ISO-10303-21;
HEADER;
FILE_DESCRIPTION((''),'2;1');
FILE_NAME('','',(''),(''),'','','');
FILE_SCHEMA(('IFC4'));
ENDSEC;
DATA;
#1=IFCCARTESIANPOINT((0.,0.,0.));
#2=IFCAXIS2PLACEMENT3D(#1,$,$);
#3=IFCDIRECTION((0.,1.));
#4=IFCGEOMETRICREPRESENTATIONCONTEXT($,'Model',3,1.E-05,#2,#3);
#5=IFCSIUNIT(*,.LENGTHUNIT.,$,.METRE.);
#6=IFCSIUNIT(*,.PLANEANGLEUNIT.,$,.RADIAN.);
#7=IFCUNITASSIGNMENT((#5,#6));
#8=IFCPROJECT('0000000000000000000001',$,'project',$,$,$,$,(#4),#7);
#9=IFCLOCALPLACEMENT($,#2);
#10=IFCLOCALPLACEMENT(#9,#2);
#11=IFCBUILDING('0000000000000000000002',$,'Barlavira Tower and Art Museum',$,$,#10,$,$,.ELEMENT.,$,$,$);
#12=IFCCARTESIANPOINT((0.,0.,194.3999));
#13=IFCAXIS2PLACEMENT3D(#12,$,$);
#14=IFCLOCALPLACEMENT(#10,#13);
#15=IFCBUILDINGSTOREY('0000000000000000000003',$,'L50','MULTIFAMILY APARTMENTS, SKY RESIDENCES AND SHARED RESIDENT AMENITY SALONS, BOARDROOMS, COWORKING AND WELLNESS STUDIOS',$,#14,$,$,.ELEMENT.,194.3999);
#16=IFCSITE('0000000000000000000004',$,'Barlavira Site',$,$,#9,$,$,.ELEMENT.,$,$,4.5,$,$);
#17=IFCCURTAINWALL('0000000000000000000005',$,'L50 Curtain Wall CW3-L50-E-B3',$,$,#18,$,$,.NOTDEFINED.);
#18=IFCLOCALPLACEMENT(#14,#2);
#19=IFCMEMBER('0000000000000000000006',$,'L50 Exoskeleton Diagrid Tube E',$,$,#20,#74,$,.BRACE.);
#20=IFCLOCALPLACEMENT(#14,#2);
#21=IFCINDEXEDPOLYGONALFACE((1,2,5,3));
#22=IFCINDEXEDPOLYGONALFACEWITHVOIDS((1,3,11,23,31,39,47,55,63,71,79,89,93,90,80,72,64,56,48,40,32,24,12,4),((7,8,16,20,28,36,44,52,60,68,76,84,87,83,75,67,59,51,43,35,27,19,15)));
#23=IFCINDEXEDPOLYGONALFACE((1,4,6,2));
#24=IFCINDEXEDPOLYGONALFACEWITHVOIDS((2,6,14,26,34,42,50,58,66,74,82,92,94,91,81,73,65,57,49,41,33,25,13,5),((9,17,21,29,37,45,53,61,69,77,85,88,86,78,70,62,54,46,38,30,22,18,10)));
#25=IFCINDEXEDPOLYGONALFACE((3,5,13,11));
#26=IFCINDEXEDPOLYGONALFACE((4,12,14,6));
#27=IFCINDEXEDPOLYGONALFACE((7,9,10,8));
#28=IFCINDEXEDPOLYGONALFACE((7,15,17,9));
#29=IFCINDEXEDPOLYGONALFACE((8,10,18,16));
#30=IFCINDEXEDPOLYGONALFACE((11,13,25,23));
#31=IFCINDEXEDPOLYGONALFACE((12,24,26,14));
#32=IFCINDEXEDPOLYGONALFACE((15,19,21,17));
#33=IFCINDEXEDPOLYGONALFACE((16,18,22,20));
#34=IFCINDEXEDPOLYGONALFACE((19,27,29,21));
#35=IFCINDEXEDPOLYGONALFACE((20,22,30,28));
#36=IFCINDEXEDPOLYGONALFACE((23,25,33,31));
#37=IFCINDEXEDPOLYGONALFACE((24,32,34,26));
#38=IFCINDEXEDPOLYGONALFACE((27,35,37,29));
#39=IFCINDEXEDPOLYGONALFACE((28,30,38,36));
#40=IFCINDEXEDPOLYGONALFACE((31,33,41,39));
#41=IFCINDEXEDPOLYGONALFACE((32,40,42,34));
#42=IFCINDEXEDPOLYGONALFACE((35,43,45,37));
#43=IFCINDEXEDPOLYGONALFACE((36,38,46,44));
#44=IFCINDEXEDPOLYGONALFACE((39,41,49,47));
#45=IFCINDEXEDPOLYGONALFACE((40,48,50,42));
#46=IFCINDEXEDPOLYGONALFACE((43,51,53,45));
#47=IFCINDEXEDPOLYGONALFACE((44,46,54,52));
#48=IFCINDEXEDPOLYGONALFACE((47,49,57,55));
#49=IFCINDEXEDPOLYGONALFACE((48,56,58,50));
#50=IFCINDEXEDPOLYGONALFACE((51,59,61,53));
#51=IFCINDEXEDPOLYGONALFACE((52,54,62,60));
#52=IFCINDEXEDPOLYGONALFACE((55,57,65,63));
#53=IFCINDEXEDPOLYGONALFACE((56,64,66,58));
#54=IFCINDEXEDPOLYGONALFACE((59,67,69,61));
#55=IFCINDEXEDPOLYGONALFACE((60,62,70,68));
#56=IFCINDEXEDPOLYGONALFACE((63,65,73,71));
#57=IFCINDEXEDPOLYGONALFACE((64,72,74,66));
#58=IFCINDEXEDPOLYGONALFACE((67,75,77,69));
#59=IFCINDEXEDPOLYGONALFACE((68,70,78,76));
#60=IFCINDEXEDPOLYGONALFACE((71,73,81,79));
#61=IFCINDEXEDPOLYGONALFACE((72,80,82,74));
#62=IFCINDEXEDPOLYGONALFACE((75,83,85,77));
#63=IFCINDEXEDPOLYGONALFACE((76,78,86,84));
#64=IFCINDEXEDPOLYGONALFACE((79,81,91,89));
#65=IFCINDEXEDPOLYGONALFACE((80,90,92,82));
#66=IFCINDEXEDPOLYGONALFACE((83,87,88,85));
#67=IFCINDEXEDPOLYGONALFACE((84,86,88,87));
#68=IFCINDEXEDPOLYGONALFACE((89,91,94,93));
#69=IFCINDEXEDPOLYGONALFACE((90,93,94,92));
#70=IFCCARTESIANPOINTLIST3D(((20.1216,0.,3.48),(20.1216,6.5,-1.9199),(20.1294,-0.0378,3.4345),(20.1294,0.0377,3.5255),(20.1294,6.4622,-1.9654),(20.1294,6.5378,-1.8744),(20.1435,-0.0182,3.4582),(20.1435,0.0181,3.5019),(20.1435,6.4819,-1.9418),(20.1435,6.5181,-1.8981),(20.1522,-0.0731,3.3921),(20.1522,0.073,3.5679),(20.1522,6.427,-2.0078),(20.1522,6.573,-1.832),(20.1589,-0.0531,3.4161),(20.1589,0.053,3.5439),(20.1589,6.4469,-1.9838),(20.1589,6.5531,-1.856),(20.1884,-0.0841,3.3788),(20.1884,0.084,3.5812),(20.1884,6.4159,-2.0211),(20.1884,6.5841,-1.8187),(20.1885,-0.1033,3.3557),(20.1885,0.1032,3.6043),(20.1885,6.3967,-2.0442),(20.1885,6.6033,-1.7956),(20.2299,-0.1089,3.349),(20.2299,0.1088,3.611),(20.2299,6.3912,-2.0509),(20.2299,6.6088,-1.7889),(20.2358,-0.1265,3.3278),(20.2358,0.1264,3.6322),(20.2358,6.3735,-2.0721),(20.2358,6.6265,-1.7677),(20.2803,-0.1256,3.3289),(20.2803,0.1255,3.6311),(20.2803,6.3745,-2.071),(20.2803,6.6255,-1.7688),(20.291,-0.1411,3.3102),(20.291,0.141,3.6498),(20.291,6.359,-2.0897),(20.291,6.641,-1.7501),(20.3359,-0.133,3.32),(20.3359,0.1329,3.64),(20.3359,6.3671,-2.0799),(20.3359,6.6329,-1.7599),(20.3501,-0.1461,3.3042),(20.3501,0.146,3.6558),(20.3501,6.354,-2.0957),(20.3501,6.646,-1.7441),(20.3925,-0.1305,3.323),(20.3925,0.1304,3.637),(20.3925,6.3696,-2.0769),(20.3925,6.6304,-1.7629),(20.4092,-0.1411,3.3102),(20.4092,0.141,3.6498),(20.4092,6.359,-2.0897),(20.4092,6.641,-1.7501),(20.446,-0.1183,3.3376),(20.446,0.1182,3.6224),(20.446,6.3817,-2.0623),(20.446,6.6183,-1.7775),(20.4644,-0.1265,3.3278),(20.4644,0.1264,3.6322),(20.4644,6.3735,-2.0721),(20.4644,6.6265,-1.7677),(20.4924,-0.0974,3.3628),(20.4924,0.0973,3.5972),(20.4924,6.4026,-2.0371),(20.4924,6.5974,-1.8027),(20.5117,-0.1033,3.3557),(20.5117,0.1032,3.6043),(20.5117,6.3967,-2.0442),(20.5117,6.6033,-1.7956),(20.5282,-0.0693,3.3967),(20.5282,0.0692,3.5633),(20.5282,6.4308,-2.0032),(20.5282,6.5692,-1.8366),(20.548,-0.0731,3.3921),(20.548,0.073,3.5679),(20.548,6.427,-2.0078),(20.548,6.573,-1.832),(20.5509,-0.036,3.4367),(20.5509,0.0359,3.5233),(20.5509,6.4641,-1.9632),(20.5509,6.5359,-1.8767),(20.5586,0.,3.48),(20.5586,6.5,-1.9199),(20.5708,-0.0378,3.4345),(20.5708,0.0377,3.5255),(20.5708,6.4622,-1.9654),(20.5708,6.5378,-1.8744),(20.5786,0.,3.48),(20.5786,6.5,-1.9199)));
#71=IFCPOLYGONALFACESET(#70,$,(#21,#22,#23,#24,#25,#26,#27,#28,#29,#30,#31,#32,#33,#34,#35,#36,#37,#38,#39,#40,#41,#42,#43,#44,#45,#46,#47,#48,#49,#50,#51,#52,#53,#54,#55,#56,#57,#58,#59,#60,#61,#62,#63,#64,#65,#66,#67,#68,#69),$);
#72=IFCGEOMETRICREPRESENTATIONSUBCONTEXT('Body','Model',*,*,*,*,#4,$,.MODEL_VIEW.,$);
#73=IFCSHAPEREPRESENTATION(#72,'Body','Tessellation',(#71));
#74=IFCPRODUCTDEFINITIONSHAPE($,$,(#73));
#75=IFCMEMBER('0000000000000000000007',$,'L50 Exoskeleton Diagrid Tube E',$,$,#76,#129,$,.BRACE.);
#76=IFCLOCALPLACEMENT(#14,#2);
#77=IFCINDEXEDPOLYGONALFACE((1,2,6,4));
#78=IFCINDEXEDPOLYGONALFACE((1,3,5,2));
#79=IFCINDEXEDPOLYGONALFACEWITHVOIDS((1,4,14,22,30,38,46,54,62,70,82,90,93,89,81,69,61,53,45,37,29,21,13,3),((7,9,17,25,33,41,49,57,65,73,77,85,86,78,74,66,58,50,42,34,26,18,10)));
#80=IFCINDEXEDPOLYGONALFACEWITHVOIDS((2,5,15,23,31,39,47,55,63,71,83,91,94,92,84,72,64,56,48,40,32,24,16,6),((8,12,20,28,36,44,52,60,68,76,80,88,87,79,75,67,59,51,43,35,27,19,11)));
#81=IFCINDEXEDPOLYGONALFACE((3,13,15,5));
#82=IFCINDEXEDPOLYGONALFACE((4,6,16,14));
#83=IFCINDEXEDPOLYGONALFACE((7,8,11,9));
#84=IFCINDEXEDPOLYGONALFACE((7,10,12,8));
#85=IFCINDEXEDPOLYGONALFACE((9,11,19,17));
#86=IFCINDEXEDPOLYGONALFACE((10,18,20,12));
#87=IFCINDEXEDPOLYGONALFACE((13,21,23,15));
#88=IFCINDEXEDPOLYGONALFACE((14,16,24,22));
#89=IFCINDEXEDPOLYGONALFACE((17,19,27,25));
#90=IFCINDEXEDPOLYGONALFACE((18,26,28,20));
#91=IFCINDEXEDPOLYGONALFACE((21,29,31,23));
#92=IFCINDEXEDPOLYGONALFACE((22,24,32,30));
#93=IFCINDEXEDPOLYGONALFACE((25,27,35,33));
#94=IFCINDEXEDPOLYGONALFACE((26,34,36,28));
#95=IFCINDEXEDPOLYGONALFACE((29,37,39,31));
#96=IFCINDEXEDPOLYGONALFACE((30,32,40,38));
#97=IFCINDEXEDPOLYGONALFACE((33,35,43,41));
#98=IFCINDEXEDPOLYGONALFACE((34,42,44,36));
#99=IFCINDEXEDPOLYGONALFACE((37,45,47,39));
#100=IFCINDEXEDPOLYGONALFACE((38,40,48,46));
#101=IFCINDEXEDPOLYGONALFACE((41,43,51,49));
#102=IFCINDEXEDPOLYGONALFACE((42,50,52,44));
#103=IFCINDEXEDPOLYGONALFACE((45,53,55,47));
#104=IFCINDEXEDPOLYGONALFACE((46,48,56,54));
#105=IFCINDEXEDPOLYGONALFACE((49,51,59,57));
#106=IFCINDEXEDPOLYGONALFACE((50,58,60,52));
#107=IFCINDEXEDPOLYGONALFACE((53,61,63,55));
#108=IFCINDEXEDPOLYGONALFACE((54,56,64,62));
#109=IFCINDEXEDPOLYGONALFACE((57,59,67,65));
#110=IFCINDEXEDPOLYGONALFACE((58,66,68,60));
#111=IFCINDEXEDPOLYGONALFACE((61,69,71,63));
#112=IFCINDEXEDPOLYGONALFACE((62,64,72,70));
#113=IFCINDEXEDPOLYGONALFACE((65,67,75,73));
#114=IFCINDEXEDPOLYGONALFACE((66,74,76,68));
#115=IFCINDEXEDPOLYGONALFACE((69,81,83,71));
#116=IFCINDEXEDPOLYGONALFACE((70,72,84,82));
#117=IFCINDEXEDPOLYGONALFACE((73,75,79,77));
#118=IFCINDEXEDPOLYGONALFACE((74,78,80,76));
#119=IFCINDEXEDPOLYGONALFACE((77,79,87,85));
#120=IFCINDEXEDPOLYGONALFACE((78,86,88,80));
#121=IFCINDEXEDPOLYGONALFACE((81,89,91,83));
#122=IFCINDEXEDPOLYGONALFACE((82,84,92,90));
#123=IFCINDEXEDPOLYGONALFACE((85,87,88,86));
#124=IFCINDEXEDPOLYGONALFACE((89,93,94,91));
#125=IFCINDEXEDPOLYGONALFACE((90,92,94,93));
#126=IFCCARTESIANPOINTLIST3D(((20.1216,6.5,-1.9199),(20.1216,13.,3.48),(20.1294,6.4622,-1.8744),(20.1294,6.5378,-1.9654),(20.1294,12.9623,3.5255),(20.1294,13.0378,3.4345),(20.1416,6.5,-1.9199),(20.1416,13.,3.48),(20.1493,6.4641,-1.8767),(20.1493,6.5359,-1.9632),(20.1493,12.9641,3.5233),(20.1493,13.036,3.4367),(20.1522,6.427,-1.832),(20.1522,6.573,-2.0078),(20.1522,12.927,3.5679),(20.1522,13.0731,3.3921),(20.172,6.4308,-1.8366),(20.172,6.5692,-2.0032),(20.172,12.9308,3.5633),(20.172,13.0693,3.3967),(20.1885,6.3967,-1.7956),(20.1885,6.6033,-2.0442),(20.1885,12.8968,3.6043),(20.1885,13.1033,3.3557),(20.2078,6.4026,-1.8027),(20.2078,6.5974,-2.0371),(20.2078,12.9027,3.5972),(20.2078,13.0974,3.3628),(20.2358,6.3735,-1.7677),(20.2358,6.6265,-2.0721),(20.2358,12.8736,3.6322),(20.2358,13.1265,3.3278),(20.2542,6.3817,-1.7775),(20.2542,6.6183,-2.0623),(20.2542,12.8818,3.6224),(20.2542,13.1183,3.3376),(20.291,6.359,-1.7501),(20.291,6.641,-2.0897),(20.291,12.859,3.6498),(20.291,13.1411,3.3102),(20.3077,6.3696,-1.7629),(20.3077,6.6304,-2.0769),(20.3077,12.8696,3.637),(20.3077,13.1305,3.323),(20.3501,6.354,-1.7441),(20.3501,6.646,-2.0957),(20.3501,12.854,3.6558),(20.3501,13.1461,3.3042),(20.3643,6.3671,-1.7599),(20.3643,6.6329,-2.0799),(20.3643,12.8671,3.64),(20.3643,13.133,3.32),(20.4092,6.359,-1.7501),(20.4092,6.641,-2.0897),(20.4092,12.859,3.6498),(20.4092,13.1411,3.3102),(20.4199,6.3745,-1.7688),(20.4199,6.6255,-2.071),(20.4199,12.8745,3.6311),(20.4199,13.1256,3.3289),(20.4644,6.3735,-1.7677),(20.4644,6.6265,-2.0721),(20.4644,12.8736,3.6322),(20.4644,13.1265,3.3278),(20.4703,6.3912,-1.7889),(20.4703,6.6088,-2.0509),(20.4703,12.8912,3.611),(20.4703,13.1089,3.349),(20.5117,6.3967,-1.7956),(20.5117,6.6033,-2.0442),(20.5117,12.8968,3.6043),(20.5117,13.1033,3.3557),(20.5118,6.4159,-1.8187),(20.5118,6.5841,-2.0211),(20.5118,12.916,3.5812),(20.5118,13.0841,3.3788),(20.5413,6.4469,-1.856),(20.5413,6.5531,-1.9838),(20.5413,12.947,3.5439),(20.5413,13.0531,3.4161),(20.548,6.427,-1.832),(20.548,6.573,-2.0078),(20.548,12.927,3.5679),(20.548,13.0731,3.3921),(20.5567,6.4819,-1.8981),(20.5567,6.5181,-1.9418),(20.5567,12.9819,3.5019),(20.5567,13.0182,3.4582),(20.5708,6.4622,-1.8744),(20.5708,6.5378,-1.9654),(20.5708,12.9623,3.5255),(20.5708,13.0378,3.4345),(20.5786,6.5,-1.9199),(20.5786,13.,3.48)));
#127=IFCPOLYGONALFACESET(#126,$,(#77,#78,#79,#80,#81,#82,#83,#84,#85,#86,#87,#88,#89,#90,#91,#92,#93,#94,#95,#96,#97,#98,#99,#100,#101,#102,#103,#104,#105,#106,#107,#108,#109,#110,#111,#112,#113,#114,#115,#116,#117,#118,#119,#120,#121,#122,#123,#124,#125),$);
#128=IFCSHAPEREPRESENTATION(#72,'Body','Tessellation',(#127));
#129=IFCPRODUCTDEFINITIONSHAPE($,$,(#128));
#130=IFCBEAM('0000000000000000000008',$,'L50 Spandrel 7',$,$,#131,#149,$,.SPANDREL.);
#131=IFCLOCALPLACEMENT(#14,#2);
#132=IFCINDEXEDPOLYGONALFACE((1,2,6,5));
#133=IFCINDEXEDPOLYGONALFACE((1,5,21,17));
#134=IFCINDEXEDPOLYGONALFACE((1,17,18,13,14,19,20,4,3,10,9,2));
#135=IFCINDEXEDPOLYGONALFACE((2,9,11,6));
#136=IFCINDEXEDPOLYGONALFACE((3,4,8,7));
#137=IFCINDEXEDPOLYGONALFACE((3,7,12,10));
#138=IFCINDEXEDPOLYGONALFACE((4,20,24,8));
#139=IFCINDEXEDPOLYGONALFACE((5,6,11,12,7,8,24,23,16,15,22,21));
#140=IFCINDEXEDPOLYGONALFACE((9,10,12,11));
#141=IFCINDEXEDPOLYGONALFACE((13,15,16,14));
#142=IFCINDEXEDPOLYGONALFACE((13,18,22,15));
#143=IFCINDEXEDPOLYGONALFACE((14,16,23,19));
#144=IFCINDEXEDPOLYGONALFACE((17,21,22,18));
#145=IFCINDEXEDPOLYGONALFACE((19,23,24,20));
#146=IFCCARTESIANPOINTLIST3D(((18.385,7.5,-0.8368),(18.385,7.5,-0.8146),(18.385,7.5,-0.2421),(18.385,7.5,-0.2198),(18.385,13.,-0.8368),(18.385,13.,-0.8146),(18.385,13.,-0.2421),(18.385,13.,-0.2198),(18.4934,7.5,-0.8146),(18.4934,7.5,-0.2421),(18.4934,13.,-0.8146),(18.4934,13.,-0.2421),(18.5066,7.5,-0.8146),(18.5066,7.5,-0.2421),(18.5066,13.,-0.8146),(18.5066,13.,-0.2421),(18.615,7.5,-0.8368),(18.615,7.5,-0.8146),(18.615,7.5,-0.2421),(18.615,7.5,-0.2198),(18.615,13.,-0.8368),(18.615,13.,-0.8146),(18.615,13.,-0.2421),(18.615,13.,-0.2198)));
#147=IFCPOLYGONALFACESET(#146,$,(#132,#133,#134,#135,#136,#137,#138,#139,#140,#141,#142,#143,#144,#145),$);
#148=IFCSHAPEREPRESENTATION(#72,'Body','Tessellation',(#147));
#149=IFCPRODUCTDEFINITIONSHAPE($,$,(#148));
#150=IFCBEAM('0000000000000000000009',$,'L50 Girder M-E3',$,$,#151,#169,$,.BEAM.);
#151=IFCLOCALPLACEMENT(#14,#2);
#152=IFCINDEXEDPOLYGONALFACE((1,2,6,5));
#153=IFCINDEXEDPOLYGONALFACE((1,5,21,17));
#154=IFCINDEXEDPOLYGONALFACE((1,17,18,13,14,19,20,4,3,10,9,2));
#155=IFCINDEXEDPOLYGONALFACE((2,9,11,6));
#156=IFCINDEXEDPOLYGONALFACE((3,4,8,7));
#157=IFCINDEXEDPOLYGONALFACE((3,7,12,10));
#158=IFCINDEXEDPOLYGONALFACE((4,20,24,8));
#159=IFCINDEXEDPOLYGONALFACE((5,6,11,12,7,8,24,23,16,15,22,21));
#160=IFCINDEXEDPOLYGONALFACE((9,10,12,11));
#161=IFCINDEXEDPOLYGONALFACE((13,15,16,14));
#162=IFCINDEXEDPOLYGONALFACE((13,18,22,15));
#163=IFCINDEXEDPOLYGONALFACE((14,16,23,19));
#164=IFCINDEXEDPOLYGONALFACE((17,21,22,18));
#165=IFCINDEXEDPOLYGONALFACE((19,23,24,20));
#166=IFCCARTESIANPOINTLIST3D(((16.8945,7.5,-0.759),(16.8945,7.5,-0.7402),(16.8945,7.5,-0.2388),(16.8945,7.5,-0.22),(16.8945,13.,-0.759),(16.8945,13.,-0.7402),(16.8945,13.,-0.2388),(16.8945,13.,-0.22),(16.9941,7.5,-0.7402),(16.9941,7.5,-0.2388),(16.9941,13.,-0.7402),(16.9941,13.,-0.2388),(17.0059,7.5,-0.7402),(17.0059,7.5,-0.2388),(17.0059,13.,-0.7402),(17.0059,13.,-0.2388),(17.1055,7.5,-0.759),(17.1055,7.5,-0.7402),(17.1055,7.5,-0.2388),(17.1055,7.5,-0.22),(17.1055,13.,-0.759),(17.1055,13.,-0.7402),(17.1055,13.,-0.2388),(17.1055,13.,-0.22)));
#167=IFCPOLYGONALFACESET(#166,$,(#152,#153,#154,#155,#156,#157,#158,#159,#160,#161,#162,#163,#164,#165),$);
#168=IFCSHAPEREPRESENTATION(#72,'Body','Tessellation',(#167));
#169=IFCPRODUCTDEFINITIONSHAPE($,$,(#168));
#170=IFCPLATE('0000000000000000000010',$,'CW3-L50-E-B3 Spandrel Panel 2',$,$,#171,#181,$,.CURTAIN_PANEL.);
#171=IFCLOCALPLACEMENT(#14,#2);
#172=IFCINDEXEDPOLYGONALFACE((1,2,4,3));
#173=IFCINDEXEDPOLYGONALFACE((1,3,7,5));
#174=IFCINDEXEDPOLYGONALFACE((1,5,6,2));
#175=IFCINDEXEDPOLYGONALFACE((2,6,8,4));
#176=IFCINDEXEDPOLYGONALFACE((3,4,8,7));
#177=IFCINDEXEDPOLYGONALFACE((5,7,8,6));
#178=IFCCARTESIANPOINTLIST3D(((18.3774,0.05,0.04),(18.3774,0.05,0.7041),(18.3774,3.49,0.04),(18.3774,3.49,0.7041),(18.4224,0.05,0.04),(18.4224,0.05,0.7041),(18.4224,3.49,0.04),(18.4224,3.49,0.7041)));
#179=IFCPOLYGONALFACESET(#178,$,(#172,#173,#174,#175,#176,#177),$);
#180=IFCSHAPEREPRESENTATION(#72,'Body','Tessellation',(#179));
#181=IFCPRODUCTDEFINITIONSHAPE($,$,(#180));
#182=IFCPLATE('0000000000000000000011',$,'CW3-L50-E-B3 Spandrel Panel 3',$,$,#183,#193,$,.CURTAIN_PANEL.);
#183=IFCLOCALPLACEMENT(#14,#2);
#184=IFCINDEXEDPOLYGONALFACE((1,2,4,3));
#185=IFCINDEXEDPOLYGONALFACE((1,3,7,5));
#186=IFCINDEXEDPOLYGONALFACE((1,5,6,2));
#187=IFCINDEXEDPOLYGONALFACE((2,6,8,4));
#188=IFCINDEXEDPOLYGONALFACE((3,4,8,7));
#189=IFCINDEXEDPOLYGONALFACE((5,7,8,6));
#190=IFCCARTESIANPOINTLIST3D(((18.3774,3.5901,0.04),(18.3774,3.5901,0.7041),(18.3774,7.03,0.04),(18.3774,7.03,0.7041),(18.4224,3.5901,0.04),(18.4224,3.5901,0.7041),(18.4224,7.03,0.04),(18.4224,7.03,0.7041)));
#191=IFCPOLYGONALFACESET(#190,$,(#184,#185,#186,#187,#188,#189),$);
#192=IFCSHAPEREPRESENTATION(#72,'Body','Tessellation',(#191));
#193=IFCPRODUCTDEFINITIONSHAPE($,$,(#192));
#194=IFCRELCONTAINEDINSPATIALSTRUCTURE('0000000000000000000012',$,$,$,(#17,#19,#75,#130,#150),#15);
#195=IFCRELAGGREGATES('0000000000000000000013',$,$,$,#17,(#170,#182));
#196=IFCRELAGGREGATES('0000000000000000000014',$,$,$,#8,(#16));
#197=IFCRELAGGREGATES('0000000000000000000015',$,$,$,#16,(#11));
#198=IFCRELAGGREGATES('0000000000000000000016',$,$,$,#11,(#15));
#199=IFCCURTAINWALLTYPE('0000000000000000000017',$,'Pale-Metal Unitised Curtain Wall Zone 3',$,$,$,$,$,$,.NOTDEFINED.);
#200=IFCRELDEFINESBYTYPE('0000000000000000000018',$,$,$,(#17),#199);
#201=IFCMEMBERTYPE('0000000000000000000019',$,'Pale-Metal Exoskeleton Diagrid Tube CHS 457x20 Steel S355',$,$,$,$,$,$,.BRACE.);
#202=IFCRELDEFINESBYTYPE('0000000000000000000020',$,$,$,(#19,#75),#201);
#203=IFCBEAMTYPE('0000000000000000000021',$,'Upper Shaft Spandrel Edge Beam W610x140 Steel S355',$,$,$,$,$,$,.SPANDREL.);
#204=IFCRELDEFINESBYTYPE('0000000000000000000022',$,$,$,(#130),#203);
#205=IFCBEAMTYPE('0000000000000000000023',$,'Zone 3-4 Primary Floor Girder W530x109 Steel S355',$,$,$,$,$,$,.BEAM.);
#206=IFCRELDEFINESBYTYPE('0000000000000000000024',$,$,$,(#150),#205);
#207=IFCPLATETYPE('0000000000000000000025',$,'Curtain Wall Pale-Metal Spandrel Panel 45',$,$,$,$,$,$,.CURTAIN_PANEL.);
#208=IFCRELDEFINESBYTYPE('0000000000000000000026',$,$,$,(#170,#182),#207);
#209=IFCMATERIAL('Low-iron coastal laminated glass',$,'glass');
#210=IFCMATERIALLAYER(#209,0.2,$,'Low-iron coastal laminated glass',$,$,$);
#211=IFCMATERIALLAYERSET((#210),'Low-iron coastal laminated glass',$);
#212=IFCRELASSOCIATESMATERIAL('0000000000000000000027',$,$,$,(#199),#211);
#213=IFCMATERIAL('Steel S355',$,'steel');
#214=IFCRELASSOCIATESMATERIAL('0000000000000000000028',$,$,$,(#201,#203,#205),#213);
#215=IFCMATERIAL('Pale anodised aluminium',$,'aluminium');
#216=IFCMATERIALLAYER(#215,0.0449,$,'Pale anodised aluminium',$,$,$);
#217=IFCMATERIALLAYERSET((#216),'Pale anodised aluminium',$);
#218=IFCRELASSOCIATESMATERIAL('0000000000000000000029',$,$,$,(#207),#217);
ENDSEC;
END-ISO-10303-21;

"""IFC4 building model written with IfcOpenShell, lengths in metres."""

from ifc_helpers import new_model, si_unit, direction, frame, origin, origin_2d, place, context, subcontext, project, spatial, rectangle, hollow_circle, i_section, extrude, material, layer, layer_set, material_profile, profile_set, type_object, element, aggregate, save


model = new_model("IFC4")

# Units and contexts
model_context = context("Model", 3, precision=1e-05, world=origin(), true_north=direction((0.0, 1.0)))
body_context = subcontext(model_context, "Body", "Model", "MODEL_VIEW")
ifc_project = project(units=[si_unit("LENGTHUNIT", "METRE"), si_unit("PLANEANGLEUNIT", "RADIAN")], contexts=[model_context])

# Site, building, storey
site_placement = place(None, origin())
site = spatial("IfcSite", under=ifc_project, at=site_placement, Name="Barlavira Site", CompositionType="ELEMENT", RefElevation=4.5)
building_placement = place(site_placement, origin())
building = spatial("IfcBuilding", under=site, at=building_placement, Name="Barlavira Tower and Art Museum", CompositionType="ELEMENT")
storey_placement = place(building_placement, frame((0.0, 0.0, 194.3999)))
storey = spatial("IfcBuildingStorey", under=building, at=storey_placement, Name="L50", Description="MULTIFAMILY APARTMENTS, SKY RESIDENCES AND SHARED RESIDENT AMENITY SALONS, BOARDROOMS, COWORKING AND WELLNESS STUDIOS", CompositionType="ELEMENT", Elevation=194.3999)

# Curtain wall
ifc_material_1 = material(Name="Low-iron coastal laminated glass", Category="glass")
ifc_layer_1 = layer(ifc_material_1, 0.2, Name="Low-iron coastal laminated glass")
ifc_layer_set_1 = layer_set([ifc_layer_1], Name="Low-iron coastal laminated glass")
curtain_wall_type = type_object("IfcCurtainWallType", Name="Pale-Metal Unitised Curtain Wall Zone 3", PredefinedType="NOTDEFINED", material=ifc_layer_set_1)
curtain_wall_placement = place(storey_placement, origin())
curtain_wall = element("IfcCurtainWall", 1, at=curtain_wall_placement, inside=storey, type_object=curtain_wall_type, Name="L50 Curtain Wall CW3-L50-E-B3", PredefinedType="NOTDEFINED")
ifc_material_2 = material(Name="Pale anodised aluminium", Category="aluminium")

# Members
ifc_material_3 = material(Name="Steel S355", Category="steel")
ifc_material_profile_1 = material_profile(ifc_material_3, hollow_circle(Radius=0.2285, WallThickness=0.02, at=origin_2d()), Name="CHS 457.0x20.0")
ifc_profile_set_1 = profile_set([ifc_material_profile_1], Name="Steel S355")
member_type_1 = type_object("IfcMemberType", Name="Pale-Metal Exoskeleton Diagrid Tube CHS 457x20 Steel S355", PredefinedType="BRACE", material=ifc_profile_set_1)
for number, where, z_axis, x_axis, name in (
    (2, (20.3501, 6.5, -1.9199), (0.0, -0.769196, 0.639013), (1.0, 0.0, 0.0), "L50 Exoskeleton Diagrid Tube E"),
    (3, (20.3501, 6.5, -1.9199), (0.0, 0.769196, 0.639013), (-1.0, 0.0, 0.0), "L50 Exoskeleton Diagrid Tube E"),
):
    element("IfcMember", number, at=place(storey_placement, frame(where, z_axis=z_axis, x_axis=x_axis)), inside=storey, type_object=member_type_1, Name=name, PredefinedType="BRACE", context=body_context, shape_type="SweptSolid", body=[
        extrude(hollow_circle(Radius=0.2285, WallThickness=0.02, at=origin_2d()), origin(), (0.0, 0.0, 1.0), 8.4504),
    ])

# Beams
ifc_material_profile_2 = material_profile(ifc_material_3, i_section(OverallWidth=0.23, OverallDepth=0.6169, WebThickness=0.0132, FlangeThickness=0.0222, at=origin_2d()), Name="W610x140.0")
ifc_profile_set_2 = profile_set([ifc_material_profile_2], Name="Steel S355")
beam_type_1 = type_object("IfcBeamType", Name="Upper Shaft Spandrel Edge Beam W610x140 Steel S355", PredefinedType="SPANDREL", material=ifc_profile_set_2)
beam_1_placement = place(storey_placement, frame((18.5, 7.5, -0.5283), z_axis=(0.0, 1.0, 0.0), x_axis=(-1.0, 0.0, 0.0)))
element("IfcBeam", 4, at=beam_1_placement, inside=storey, type_object=beam_type_1, Name="L50 Spandrel 7", PredefinedType="SPANDREL", context=body_context, shape_type="SweptSolid", body=[
    extrude(i_section(OverallWidth=0.23, OverallDepth=0.6169, WebThickness=0.0132, FlangeThickness=0.0222, at=origin_2d()), origin(), (0.0, 0.0, 1.0), 5.5),
])
ifc_material_profile_3 = material_profile(ifc_material_3, i_section(OverallWidth=0.2109, OverallDepth=0.5391, WebThickness=0.0117, FlangeThickness=0.0188, at=origin_2d()), Name="W530x109.0")
ifc_profile_set_3 = profile_set([ifc_material_profile_3], Name="Steel S355")
beam_type_2 = type_object("IfcBeamType", Name="Zone 3-4 Primary Floor Girder W530x109 Steel S355", PredefinedType="BEAM", material=ifc_profile_set_3)
beam_2_placement = place(storey_placement, frame((17.0, 7.5, -0.4895), z_axis=(0.0, 1.0, 0.0), x_axis=(-1.0, 0.0, 0.0)))
element("IfcBeam", 5, at=beam_2_placement, inside=storey, type_object=beam_type_2, Name="L50 Girder M-E3", PredefinedType="BEAM", context=body_context, shape_type="SweptSolid", body=[
    extrude(i_section(OverallWidth=0.2109, OverallDepth=0.5391, WebThickness=0.0117, FlangeThickness=0.0188, at=origin_2d()), origin(), (0.0, 0.0, 1.0), 5.5),
])

# Plates
ifc_layer_2 = layer(ifc_material_2, 0.0449, Name="Pale anodised aluminium")
ifc_layer_set_2 = layer_set([ifc_layer_2], Name="Pale anodised aluminium")
plate_type_1 = type_object("IfcPlateType", Name="Curtain Wall Pale-Metal Spandrel Panel 45", PredefinedType="CURTAIN_PANEL", material=ifc_layer_set_2)
plate_1_placement = place(storey_placement, frame((18.3999, 1.77, 0.04), z_axis=(0.0, 0.0, 1.0), x_axis=(0.0, 1.0, 0.0)))
plate_1 = element("IfcPlate", 6, at=plate_1_placement, type_object=plate_type_1, Name="CW3-L50-E-B3 Spandrel Panel 2", PredefinedType="CURTAIN_PANEL", context=body_context, shape_type="SweptSolid", body=[
    extrude(rectangle(XDim=3.4399, YDim=0.0449, at=origin_2d()), origin(), (0.0, 0.0, 1.0), 0.6641),
])
plate_2_placement = place(storey_placement, frame((18.3999, 5.3101, 0.04), z_axis=(0.0, 0.0, 1.0), x_axis=(0.0, 1.0, 0.0)))
plate_2 = element("IfcPlate", 7, at=plate_2_placement, type_object=plate_type_1, Name="CW3-L50-E-B3 Spandrel Panel 3", PredefinedType="CURTAIN_PANEL", context=body_context, shape_type="SweptSolid", body=[
    extrude(rectangle(XDim=3.4399, YDim=0.0449, at=origin_2d()), origin(), (0.0, 0.0, 1.0), 0.6641),
])
aggregate(curtain_wall, [plate_1, plate_2])

save(model, "model.ifc")
